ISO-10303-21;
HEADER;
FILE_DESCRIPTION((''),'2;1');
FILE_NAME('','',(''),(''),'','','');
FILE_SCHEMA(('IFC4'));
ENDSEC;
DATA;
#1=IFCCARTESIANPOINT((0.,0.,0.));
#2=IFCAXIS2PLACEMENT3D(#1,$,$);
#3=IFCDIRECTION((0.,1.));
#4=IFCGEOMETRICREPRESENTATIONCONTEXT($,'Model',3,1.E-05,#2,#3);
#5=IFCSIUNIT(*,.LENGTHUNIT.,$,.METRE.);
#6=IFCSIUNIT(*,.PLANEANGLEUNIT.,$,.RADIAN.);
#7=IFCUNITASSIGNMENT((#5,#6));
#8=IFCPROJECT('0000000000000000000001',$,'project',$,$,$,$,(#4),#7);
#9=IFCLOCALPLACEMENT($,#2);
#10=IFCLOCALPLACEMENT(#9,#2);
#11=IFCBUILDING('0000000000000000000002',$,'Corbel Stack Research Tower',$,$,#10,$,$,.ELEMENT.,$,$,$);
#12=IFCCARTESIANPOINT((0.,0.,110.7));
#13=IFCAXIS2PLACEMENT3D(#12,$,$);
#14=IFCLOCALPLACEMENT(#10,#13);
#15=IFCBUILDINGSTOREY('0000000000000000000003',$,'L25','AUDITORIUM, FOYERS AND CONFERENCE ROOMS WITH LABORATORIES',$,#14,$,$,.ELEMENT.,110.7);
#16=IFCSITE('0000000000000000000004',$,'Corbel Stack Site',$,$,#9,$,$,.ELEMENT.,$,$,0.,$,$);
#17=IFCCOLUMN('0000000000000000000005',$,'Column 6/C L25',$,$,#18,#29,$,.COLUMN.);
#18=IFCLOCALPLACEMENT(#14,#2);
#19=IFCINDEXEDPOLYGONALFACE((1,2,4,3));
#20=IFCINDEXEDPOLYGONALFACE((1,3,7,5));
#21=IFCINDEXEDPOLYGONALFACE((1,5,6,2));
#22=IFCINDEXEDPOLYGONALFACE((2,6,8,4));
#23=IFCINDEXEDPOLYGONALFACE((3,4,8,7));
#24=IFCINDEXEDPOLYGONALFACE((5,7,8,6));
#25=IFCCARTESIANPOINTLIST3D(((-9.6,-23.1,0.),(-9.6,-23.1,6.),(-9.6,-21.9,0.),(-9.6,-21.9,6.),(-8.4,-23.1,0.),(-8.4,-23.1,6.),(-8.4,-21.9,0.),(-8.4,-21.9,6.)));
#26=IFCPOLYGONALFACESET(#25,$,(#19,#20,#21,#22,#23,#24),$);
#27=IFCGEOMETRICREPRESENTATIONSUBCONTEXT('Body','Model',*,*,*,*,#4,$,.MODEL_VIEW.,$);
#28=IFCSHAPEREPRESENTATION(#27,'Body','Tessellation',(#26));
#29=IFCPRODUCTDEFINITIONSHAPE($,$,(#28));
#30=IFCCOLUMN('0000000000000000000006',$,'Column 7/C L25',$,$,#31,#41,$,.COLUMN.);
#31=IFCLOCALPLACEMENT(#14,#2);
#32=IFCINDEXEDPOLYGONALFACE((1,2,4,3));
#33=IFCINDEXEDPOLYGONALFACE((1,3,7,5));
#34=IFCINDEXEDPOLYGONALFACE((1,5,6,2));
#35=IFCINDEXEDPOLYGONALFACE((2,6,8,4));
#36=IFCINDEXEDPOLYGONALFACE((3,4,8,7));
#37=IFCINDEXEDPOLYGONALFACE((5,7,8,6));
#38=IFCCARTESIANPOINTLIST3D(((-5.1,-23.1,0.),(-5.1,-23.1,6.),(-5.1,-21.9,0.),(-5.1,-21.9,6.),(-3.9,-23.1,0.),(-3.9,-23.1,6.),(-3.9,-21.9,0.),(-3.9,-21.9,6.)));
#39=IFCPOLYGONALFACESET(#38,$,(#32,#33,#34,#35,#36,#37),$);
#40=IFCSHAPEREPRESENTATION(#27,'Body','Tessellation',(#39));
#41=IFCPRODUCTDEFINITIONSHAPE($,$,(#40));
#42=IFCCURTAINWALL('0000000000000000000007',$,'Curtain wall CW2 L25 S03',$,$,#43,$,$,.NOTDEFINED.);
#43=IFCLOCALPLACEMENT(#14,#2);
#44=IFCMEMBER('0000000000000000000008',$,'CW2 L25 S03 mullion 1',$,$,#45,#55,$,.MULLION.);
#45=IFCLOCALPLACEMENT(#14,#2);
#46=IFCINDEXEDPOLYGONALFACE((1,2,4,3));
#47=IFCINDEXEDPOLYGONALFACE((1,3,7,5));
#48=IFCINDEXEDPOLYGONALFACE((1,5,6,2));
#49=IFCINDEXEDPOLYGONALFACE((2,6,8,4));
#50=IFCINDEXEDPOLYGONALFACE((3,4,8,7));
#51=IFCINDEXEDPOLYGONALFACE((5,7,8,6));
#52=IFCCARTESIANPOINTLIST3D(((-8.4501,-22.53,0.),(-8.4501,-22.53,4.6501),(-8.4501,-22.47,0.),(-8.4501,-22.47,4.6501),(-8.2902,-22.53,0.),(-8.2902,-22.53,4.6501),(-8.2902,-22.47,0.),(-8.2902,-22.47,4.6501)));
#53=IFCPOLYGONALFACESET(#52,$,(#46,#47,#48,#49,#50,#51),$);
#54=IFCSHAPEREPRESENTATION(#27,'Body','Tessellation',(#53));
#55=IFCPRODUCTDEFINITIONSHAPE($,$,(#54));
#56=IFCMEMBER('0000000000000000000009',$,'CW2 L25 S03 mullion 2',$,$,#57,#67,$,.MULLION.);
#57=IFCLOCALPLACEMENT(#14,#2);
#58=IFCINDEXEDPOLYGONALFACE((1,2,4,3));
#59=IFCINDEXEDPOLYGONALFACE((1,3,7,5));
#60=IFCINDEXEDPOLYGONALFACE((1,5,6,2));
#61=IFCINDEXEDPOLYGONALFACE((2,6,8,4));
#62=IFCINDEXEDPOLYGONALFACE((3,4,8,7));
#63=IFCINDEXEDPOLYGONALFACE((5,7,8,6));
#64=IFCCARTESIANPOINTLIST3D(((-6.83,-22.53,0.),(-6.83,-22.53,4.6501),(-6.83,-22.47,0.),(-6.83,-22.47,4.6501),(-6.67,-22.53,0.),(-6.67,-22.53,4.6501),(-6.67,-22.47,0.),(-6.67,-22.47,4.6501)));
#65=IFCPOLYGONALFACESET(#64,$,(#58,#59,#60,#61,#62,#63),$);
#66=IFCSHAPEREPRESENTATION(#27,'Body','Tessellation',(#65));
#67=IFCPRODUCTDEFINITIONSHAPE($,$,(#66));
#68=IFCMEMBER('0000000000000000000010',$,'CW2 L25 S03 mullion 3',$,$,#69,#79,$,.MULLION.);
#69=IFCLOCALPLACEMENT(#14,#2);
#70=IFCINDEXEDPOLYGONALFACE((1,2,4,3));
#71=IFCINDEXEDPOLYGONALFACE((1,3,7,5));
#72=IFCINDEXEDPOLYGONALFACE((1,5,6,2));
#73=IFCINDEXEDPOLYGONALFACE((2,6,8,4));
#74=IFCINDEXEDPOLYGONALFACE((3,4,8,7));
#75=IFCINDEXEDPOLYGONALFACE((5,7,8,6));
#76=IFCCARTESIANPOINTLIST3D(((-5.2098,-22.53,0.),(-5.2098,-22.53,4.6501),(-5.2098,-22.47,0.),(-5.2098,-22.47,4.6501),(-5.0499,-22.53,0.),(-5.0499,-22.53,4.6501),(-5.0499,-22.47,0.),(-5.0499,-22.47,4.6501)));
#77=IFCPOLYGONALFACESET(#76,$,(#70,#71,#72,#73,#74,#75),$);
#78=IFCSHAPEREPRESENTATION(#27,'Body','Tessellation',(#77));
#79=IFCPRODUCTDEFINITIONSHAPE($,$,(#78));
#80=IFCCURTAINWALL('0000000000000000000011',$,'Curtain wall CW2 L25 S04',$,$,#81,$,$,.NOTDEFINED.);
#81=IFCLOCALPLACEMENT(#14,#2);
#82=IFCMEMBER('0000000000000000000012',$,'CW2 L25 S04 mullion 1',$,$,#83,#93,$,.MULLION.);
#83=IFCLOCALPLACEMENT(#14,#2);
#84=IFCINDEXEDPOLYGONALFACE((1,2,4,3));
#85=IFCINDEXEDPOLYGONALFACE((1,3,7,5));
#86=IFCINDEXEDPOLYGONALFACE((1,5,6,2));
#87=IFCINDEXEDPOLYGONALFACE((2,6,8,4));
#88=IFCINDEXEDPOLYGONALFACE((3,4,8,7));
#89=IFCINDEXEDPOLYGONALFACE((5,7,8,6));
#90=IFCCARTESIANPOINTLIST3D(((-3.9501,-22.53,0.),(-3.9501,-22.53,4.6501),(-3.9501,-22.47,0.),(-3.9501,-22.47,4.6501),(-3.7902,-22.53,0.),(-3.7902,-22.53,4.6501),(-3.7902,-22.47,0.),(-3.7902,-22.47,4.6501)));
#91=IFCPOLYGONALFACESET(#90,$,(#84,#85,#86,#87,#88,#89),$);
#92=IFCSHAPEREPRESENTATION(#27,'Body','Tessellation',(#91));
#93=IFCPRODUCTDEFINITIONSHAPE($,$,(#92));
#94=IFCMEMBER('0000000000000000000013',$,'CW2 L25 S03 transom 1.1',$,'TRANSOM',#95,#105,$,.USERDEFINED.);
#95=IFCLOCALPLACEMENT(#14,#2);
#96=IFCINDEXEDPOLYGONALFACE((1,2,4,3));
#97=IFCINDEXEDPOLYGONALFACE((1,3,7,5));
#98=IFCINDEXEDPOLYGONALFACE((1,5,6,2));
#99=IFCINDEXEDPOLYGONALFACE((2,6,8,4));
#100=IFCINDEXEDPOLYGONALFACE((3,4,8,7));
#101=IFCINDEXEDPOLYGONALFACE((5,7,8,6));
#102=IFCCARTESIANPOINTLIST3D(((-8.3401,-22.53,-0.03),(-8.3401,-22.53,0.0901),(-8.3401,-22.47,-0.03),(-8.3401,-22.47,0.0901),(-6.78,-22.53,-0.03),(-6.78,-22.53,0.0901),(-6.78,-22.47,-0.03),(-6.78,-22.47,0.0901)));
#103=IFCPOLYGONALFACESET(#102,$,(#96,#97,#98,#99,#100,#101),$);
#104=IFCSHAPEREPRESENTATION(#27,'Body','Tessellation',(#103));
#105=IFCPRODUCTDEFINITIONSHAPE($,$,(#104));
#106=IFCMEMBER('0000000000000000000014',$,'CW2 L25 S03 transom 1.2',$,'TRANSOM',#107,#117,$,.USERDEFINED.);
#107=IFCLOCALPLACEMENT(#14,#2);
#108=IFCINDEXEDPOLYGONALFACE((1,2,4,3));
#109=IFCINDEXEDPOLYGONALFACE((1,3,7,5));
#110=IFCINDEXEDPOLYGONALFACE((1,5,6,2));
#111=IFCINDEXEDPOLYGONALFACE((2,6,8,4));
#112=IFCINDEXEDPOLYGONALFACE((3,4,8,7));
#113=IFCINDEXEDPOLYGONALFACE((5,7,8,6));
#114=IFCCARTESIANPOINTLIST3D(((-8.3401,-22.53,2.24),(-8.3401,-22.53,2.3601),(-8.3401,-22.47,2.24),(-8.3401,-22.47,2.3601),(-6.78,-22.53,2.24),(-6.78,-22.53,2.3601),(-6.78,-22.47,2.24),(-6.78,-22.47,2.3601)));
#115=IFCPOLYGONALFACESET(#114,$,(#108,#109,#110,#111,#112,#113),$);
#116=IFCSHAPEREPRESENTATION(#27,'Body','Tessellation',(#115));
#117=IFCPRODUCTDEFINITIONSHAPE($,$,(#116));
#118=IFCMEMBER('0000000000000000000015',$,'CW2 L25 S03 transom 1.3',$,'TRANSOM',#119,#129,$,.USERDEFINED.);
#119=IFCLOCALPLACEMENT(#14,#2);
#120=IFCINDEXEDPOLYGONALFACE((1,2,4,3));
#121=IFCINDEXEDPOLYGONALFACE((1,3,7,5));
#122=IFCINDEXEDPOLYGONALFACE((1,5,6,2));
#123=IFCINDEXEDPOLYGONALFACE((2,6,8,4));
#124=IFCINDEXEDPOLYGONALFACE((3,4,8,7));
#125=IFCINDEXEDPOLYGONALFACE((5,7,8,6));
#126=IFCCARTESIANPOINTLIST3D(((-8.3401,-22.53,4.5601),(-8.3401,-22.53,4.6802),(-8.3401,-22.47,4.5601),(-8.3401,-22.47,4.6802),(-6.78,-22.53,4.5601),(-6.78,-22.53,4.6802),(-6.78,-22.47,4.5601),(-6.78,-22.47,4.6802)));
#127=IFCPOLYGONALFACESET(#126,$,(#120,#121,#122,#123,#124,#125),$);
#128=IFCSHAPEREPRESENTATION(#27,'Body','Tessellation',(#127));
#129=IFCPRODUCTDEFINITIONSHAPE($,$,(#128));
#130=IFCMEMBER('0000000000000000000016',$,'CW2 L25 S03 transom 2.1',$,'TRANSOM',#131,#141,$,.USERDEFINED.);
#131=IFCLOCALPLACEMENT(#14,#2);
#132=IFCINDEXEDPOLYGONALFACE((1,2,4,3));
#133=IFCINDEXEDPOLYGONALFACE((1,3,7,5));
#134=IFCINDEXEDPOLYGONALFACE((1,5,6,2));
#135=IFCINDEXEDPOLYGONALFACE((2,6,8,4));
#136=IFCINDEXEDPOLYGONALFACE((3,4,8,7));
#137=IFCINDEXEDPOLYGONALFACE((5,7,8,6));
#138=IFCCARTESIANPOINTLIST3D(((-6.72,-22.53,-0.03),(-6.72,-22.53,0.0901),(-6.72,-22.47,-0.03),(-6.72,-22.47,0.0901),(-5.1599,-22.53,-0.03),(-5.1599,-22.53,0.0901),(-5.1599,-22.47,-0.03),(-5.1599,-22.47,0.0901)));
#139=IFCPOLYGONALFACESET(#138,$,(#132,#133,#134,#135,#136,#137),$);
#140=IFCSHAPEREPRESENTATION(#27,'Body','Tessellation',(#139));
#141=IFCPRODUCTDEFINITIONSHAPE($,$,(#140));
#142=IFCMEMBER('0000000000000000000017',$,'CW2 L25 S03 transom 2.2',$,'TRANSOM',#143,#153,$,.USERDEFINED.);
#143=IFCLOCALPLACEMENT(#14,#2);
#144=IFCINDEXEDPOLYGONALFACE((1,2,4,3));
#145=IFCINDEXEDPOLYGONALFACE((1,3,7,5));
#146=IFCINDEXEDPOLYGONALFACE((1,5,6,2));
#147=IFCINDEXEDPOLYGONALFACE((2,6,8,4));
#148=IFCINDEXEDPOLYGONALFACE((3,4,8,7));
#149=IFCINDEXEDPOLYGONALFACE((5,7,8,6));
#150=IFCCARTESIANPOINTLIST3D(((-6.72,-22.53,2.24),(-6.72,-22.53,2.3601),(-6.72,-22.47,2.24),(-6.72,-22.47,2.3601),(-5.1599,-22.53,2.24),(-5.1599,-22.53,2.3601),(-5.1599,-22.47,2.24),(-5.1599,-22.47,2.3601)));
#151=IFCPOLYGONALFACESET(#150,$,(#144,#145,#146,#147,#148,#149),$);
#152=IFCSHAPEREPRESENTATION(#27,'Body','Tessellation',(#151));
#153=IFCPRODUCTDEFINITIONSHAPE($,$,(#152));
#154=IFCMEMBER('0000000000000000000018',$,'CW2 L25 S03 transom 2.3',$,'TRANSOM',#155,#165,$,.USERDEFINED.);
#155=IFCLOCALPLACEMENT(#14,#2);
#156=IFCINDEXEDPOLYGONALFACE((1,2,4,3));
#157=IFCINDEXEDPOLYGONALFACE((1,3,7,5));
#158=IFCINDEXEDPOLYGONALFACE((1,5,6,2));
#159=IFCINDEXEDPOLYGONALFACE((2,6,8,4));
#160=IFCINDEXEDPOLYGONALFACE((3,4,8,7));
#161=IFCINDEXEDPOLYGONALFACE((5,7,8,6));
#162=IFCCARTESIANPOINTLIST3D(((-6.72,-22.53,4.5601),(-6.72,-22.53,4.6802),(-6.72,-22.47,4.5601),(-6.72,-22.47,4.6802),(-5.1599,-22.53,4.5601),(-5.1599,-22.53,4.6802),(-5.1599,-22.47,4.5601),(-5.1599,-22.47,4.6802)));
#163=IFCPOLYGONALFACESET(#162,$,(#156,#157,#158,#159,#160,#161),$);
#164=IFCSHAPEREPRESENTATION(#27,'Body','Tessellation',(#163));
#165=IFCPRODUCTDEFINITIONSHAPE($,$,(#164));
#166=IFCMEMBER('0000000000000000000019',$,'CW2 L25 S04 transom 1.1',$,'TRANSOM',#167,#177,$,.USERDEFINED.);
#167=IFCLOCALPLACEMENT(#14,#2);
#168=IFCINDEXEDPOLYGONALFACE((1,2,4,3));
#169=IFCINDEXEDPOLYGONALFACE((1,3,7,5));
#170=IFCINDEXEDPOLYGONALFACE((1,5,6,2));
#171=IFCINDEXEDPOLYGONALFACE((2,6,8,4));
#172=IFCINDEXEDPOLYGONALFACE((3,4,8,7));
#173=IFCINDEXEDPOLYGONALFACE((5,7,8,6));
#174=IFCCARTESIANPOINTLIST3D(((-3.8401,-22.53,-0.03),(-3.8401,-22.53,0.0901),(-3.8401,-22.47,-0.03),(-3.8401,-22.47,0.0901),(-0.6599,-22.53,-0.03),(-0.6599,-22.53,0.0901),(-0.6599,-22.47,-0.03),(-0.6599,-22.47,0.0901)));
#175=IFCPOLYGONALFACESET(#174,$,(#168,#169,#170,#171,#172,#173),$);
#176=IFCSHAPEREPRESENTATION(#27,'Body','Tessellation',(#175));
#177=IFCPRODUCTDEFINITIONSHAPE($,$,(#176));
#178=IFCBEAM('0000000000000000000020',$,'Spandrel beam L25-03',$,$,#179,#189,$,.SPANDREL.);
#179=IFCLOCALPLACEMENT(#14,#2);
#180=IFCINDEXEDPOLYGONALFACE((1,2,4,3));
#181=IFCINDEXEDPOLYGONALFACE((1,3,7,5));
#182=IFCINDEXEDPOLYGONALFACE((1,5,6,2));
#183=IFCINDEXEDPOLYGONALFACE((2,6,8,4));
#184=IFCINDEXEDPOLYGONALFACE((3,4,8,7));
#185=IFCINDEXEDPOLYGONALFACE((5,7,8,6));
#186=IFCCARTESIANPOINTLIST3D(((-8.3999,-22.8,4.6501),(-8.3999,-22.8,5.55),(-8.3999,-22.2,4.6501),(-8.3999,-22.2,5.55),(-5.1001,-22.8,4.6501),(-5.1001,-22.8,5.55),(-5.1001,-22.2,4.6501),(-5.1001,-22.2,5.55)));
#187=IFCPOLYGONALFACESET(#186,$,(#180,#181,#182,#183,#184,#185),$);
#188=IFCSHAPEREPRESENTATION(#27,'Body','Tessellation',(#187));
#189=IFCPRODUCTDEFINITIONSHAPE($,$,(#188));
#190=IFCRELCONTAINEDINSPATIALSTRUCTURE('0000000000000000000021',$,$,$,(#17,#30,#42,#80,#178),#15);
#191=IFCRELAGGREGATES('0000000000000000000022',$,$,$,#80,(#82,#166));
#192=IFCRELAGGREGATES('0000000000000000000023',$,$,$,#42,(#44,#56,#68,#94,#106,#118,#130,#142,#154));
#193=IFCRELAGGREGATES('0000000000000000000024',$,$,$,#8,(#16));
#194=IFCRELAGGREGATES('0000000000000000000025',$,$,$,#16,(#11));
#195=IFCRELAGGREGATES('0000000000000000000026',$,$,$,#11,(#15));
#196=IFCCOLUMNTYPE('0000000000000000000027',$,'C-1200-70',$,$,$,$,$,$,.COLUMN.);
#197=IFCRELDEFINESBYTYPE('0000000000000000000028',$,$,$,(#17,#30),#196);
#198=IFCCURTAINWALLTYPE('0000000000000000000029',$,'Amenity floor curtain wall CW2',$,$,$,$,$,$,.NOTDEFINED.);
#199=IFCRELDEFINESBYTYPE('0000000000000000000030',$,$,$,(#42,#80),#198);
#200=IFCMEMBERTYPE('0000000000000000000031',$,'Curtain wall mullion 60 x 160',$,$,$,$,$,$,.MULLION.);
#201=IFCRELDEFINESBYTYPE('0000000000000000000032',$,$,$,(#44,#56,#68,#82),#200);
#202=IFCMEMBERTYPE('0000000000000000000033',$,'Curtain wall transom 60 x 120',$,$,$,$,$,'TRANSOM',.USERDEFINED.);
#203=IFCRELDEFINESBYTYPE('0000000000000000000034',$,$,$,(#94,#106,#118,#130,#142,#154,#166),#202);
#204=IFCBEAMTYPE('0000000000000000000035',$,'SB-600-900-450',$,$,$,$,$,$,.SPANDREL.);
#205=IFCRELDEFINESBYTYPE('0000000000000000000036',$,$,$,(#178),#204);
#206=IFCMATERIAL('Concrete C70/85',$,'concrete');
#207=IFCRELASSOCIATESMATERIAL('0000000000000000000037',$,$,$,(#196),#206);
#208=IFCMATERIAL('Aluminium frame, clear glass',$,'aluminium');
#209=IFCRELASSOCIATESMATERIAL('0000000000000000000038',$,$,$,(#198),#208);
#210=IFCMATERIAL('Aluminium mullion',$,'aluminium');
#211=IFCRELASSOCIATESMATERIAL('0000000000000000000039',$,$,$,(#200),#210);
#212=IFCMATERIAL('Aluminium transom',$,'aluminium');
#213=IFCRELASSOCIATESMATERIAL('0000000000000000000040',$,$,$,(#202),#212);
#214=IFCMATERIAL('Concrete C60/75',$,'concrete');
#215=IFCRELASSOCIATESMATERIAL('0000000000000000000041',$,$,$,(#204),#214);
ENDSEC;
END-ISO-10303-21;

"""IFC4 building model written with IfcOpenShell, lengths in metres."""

from ifc_helpers import new_model, si_unit, direction, frame, origin, origin_2d, place, context, subcontext, project, spatial, rectangle, extrude, material, material_profile, profile_set, type_object, element, aggregate, save


model = new_model("IFC4")

# Units and contexts
model_context = context("Model", 3, precision=1e-05, world=origin(), true_north=direction((0.0, 1.0)))
body_context = subcontext(model_context, "Body", "Model", "MODEL_VIEW")
ifc_project = project(units=[si_unit("LENGTHUNIT", "METRE"), si_unit("PLANEANGLEUNIT", "RADIAN")], contexts=[model_context])

# Site, building, storey
site_placement = place(None, origin())
site = spatial("IfcSite", under=ifc_project, at=site_placement, Name="Corbel Stack Site", CompositionType="ELEMENT", RefElevation=0.0)
building_placement = place(site_placement, origin())
building = spatial("IfcBuilding", under=site, at=building_placement, Name="Corbel Stack Research Tower", CompositionType="ELEMENT")
storey_placement = place(building_placement, frame((0.0, 0.0, 110.7)))
storey = spatial("IfcBuildingStorey", under=building, at=storey_placement, Name="L25", Description="AUDITORIUM, FOYERS AND CONFERENCE ROOMS WITH LABORATORIES", CompositionType="ELEMENT", Elevation=110.7)

# Columns
ifc_material_1 = material(Name="Concrete C70/85", Category="concrete")
ifc_material_profile_1 = material_profile(ifc_material_1, rectangle(XDim=1.2, YDim=1.2, at=origin_2d()), Name="RC 1200 x 1200")
ifc_profile_set_1 = profile_set([ifc_material_profile_1], Name="Concrete C70/85")
column_type = type_object("IfcColumnType", Name="C-1200-70", PredefinedType="COLUMN", material=ifc_profile_set_1)
for number, where, z_axis, x_axis, name in (
    (1, (-9.0, -22.5, 0.0), (0.0, 0.0, 1.0), (1.0, 0.0, 0.0), "Column 6/C L25"),
    (2, (-4.5, -22.5, 0.0), (0.0, 0.0, 1.0), (1.0, 0.0, 0.0), "Column 7/C L25"),
):
    element("IfcColumn", number, at=place(storey_placement, frame(where, z_axis=z_axis, x_axis=x_axis)), inside=storey, type_object=column_type, Name=name, PredefinedType="COLUMN", context=body_context, shape_type="SweptSolid", body=[
        extrude(rectangle(XDim=1.2, YDim=1.2, at=origin_2d()), origin(), (0.0, 0.0, 1.0), 6.0),
    ])

# Curtain wall, members
ifc_material_2 = material(Name="Aluminium frame, clear glass", Category="aluminium")
curtain_wall_type = type_object("IfcCurtainWallType", Name="Amenity floor curtain wall CW2", PredefinedType="NOTDEFINED", material=ifc_material_2)
curtain_wall_1_placement = place(storey_placement, origin())
curtain_wall_1 = element("IfcCurtainWall", 3, at=curtain_wall_1_placement, inside=storey, type_object=curtain_wall_type, Name="Curtain wall CW2 L25 S03", PredefinedType="NOTDEFINED")
ifc_material_3 = material(Name="Aluminium mullion", Category="aluminium")
ifc_material_profile_2 = material_profile(ifc_material_3, rectangle(XDim=0.0601, YDim=0.1599, at=origin_2d()), Name="Mullion 60 x 160")
ifc_profile_set_2 = profile_set([ifc_material_profile_2], Name="Aluminium mullion")
member_type_1 = type_object("IfcMemberType", Name="Curtain wall mullion 60 x 160", PredefinedType="MULLION", material=ifc_profile_set_2)
member_1_placement = place(storey_placement, frame((-8.3701, -22.5, 0.0), z_axis=(0.0, 0.0, 1.0), x_axis=(0.0, 1.0, 0.0)))
member_1 = element("IfcMember", 4, at=member_1_placement, type_object=member_type_1, Name="CW2 L25 S03 mullion 1", PredefinedType="MULLION", context=body_context, shape_type="SweptSolid", body=[
    extrude(rectangle(XDim=0.0601, YDim=0.1599, at=origin_2d()), origin(), (0.0, 0.0, 1.0), 4.6501),
])
member_2_placement = place(storey_placement, frame((-6.75, -22.5, 0.0), z_axis=(0.0, 0.0, 1.0), x_axis=(0.0, 1.0, 0.0)))
member_2 = element("IfcMember", 5, at=member_2_placement, type_object=member_type_1, Name="CW2 L25 S03 mullion 2", PredefinedType="MULLION", context=body_context, shape_type="SweptSolid", body=[
    extrude(rectangle(XDim=0.0601, YDim=0.1599, at=origin_2d()), origin(), (0.0, 0.0, 1.0), 4.6501),
])
member_3_placement = place(storey_placement, frame((-5.1299, -22.5, 0.0), z_axis=(0.0, 0.0, 1.0), x_axis=(0.0, 1.0, 0.0)))
member_3 = element("IfcMember", 6, at=member_3_placement, type_object=member_type_1, Name="CW2 L25 S03 mullion 3", PredefinedType="MULLION", context=body_context, shape_type="SweptSolid", body=[
    extrude(rectangle(XDim=0.0601, YDim=0.1599, at=origin_2d()), origin(), (0.0, 0.0, 1.0), 4.6501),
])

# Curtain wall, member
curtain_wall_2_placement = place(storey_placement, origin())
curtain_wall_2 = element("IfcCurtainWall", 7, at=curtain_wall_2_placement, inside=storey, type_object=curtain_wall_type, Name="Curtain wall CW2 L25 S04", PredefinedType="NOTDEFINED")
member_4_placement = place(storey_placement, frame((-3.8701, -22.5, 0.0), z_axis=(0.0, 0.0, 1.0), x_axis=(0.0, 1.0, 0.0)))
member_4 = element("IfcMember", 8, at=member_4_placement, type_object=member_type_1, Name="CW2 L25 S04 mullion 1", PredefinedType="MULLION", context=body_context, shape_type="SweptSolid", body=[
    extrude(rectangle(XDim=0.0601, YDim=0.1599, at=origin_2d()), origin(), (0.0, 0.0, 1.0), 4.6501),
])

# Members
ifc_material_4 = material(Name="Aluminium transom", Category="aluminium")
ifc_material_profile_3 = material_profile(ifc_material_4, rectangle(XDim=0.0601, YDim=0.1201, at=origin_2d()), Name="Transom 60 x 120")
ifc_profile_set_3 = profile_set([ifc_material_profile_3], Name="Aluminium transom")
member_type_2 = type_object("IfcMemberType", Name="Curtain wall transom 60 x 120", ElementType="TRANSOM", PredefinedType="USERDEFINED", material=ifc_profile_set_3)
member_5_placement = place(storey_placement, frame((-8.3401, -22.5, 0.03), z_axis=(1.0, 0.0, 0.0), x_axis=(0.0, 1.0, 0.0)))
member_5 = element("IfcMember", 9, at=member_5_placement, type_object=member_type_2, Name="CW2 L25 S03 transom 1.1", ObjectType="TRANSOM", PredefinedType="USERDEFINED", context=body_context, shape_type="SweptSolid", body=[
    extrude(rectangle(XDim=0.0601, YDim=0.1201, at=origin_2d()), origin(), (0.0, 0.0, 1.0), 1.5601),
])
member_6_placement = place(storey_placement, frame((-8.3401, -22.5, 2.3), z_axis=(1.0, 0.0, 0.0), x_axis=(0.0, 1.0, 0.0)))
member_6 = element("IfcMember", 10, at=member_6_placement, type_object=member_type_2, Name="CW2 L25 S03 transom 1.2", ObjectType="TRANSOM", PredefinedType="USERDEFINED", context=body_context, shape_type="SweptSolid", body=[
    extrude(rectangle(XDim=0.0601, YDim=0.1201, at=origin_2d()), origin(), (0.0, 0.0, 1.0), 1.5601),
])
member_7_placement = place(storey_placement, frame((-8.3401, -22.5, 4.6201), z_axis=(1.0, 0.0, 0.0), x_axis=(0.0, 1.0, 0.0)))
member_7 = element("IfcMember", 11, at=member_7_placement, type_object=member_type_2, Name="CW2 L25 S03 transom 1.3", ObjectType="TRANSOM", PredefinedType="USERDEFINED", context=body_context, shape_type="SweptSolid", body=[
    extrude(rectangle(XDim=0.0601, YDim=0.1201, at=origin_2d()), origin(), (0.0, 0.0, 1.0), 1.5601),
])
member_8_placement = place(storey_placement, frame((-6.72, -22.5, 0.03), z_axis=(1.0, 0.0, 0.0), x_axis=(0.0, 1.0, 0.0)))
member_8 = element("IfcMember", 12, at=member_8_placement, type_object=member_type_2, Name="CW2 L25 S03 transom 2.1", ObjectType="TRANSOM", PredefinedType="USERDEFINED", context=body_context, shape_type="SweptSolid", body=[
    extrude(rectangle(XDim=0.0601, YDim=0.1201, at=origin_2d()), origin(), (0.0, 0.0, 1.0), 1.5601),
])
member_9_placement = place(storey_placement, frame((-6.72, -22.5, 2.3), z_axis=(1.0, 0.0, 0.0), x_axis=(0.0, 1.0, 0.0)))
member_9 = element("IfcMember", 13, at=member_9_placement, type_object=member_type_2, Name="CW2 L25 S03 transom 2.2", ObjectType="TRANSOM", PredefinedType="USERDEFINED", context=body_context, shape_type="SweptSolid", body=[
    extrude(rectangle(XDim=0.0601, YDim=0.1201, at=origin_2d()), origin(), (0.0, 0.0, 1.0), 1.5601),
])
member_10_placement = place(storey_placement, frame((-6.72, -22.5, 4.6201), z_axis=(1.0, 0.0, 0.0), x_axis=(0.0, 1.0, 0.0)))
member_10 = element("IfcMember", 14, at=member_10_placement, type_object=member_type_2, Name="CW2 L25 S03 transom 2.3", ObjectType="TRANSOM", PredefinedType="USERDEFINED", context=body_context, shape_type="SweptSolid", body=[
    extrude(rectangle(XDim=0.0601, YDim=0.1201, at=origin_2d()), origin(), (0.0, 0.0, 1.0), 1.5601),
])
member_11_placement = place(storey_placement, frame((-3.8401, -22.5, 0.03), z_axis=(1.0, 0.0, 0.0), x_axis=(0.0, 1.0, 0.0)))
member_11 = element("IfcMember", 15, at=member_11_placement, type_object=member_type_2, Name="CW2 L25 S04 transom 1.1", ObjectType="TRANSOM", PredefinedType="USERDEFINED", context=body_context, shape_type="SweptSolid", body=[
    extrude(rectangle(XDim=0.0601, YDim=0.1201, at=origin_2d()), origin(), (0.0, 0.0, 1.0), 3.1802),
])
aggregate(curtain_wall_2, [member_4, member_11])

# Beam
ifc_material_5 = material(Name="Concrete C60/75", Category="concrete")
ifc_material_profile_4 = material_profile(ifc_material_5, rectangle(XDim=0.6001, YDim=0.8999, at=origin_2d()), Name="RC 600 x 900")
ifc_profile_set_4 = profile_set([ifc_material_profile_4], Name="Concrete C60/75")
beam_type = type_object("IfcBeamType", Name="SB-600-900-450", PredefinedType="SPANDREL", material=ifc_profile_set_4)
for number, where, z_axis, x_axis, name in (
    (16, (-8.3999, -22.5, 5.1001), (1.0, 0.0, 0.0), (0.0, 1.0, 0.0), "Spandrel beam L25-03"),
):
    element("IfcBeam", number, at=place(storey_placement, frame(where, z_axis=z_axis, x_axis=x_axis)), inside=storey, type_object=beam_type, Name=name, PredefinedType="SPANDREL", context=body_context, shape_type="SweptSolid", body=[
        extrude(rectangle(XDim=0.6001, YDim=0.8999, at=origin_2d()), origin(), (0.0, 0.0, 1.0), 3.2998),
    ])

aggregate(curtain_wall_1, [member_1, member_2, member_3, member_5, member_6, member_7, member_8, member_9, member_10])

save(model, "model.ifc")
